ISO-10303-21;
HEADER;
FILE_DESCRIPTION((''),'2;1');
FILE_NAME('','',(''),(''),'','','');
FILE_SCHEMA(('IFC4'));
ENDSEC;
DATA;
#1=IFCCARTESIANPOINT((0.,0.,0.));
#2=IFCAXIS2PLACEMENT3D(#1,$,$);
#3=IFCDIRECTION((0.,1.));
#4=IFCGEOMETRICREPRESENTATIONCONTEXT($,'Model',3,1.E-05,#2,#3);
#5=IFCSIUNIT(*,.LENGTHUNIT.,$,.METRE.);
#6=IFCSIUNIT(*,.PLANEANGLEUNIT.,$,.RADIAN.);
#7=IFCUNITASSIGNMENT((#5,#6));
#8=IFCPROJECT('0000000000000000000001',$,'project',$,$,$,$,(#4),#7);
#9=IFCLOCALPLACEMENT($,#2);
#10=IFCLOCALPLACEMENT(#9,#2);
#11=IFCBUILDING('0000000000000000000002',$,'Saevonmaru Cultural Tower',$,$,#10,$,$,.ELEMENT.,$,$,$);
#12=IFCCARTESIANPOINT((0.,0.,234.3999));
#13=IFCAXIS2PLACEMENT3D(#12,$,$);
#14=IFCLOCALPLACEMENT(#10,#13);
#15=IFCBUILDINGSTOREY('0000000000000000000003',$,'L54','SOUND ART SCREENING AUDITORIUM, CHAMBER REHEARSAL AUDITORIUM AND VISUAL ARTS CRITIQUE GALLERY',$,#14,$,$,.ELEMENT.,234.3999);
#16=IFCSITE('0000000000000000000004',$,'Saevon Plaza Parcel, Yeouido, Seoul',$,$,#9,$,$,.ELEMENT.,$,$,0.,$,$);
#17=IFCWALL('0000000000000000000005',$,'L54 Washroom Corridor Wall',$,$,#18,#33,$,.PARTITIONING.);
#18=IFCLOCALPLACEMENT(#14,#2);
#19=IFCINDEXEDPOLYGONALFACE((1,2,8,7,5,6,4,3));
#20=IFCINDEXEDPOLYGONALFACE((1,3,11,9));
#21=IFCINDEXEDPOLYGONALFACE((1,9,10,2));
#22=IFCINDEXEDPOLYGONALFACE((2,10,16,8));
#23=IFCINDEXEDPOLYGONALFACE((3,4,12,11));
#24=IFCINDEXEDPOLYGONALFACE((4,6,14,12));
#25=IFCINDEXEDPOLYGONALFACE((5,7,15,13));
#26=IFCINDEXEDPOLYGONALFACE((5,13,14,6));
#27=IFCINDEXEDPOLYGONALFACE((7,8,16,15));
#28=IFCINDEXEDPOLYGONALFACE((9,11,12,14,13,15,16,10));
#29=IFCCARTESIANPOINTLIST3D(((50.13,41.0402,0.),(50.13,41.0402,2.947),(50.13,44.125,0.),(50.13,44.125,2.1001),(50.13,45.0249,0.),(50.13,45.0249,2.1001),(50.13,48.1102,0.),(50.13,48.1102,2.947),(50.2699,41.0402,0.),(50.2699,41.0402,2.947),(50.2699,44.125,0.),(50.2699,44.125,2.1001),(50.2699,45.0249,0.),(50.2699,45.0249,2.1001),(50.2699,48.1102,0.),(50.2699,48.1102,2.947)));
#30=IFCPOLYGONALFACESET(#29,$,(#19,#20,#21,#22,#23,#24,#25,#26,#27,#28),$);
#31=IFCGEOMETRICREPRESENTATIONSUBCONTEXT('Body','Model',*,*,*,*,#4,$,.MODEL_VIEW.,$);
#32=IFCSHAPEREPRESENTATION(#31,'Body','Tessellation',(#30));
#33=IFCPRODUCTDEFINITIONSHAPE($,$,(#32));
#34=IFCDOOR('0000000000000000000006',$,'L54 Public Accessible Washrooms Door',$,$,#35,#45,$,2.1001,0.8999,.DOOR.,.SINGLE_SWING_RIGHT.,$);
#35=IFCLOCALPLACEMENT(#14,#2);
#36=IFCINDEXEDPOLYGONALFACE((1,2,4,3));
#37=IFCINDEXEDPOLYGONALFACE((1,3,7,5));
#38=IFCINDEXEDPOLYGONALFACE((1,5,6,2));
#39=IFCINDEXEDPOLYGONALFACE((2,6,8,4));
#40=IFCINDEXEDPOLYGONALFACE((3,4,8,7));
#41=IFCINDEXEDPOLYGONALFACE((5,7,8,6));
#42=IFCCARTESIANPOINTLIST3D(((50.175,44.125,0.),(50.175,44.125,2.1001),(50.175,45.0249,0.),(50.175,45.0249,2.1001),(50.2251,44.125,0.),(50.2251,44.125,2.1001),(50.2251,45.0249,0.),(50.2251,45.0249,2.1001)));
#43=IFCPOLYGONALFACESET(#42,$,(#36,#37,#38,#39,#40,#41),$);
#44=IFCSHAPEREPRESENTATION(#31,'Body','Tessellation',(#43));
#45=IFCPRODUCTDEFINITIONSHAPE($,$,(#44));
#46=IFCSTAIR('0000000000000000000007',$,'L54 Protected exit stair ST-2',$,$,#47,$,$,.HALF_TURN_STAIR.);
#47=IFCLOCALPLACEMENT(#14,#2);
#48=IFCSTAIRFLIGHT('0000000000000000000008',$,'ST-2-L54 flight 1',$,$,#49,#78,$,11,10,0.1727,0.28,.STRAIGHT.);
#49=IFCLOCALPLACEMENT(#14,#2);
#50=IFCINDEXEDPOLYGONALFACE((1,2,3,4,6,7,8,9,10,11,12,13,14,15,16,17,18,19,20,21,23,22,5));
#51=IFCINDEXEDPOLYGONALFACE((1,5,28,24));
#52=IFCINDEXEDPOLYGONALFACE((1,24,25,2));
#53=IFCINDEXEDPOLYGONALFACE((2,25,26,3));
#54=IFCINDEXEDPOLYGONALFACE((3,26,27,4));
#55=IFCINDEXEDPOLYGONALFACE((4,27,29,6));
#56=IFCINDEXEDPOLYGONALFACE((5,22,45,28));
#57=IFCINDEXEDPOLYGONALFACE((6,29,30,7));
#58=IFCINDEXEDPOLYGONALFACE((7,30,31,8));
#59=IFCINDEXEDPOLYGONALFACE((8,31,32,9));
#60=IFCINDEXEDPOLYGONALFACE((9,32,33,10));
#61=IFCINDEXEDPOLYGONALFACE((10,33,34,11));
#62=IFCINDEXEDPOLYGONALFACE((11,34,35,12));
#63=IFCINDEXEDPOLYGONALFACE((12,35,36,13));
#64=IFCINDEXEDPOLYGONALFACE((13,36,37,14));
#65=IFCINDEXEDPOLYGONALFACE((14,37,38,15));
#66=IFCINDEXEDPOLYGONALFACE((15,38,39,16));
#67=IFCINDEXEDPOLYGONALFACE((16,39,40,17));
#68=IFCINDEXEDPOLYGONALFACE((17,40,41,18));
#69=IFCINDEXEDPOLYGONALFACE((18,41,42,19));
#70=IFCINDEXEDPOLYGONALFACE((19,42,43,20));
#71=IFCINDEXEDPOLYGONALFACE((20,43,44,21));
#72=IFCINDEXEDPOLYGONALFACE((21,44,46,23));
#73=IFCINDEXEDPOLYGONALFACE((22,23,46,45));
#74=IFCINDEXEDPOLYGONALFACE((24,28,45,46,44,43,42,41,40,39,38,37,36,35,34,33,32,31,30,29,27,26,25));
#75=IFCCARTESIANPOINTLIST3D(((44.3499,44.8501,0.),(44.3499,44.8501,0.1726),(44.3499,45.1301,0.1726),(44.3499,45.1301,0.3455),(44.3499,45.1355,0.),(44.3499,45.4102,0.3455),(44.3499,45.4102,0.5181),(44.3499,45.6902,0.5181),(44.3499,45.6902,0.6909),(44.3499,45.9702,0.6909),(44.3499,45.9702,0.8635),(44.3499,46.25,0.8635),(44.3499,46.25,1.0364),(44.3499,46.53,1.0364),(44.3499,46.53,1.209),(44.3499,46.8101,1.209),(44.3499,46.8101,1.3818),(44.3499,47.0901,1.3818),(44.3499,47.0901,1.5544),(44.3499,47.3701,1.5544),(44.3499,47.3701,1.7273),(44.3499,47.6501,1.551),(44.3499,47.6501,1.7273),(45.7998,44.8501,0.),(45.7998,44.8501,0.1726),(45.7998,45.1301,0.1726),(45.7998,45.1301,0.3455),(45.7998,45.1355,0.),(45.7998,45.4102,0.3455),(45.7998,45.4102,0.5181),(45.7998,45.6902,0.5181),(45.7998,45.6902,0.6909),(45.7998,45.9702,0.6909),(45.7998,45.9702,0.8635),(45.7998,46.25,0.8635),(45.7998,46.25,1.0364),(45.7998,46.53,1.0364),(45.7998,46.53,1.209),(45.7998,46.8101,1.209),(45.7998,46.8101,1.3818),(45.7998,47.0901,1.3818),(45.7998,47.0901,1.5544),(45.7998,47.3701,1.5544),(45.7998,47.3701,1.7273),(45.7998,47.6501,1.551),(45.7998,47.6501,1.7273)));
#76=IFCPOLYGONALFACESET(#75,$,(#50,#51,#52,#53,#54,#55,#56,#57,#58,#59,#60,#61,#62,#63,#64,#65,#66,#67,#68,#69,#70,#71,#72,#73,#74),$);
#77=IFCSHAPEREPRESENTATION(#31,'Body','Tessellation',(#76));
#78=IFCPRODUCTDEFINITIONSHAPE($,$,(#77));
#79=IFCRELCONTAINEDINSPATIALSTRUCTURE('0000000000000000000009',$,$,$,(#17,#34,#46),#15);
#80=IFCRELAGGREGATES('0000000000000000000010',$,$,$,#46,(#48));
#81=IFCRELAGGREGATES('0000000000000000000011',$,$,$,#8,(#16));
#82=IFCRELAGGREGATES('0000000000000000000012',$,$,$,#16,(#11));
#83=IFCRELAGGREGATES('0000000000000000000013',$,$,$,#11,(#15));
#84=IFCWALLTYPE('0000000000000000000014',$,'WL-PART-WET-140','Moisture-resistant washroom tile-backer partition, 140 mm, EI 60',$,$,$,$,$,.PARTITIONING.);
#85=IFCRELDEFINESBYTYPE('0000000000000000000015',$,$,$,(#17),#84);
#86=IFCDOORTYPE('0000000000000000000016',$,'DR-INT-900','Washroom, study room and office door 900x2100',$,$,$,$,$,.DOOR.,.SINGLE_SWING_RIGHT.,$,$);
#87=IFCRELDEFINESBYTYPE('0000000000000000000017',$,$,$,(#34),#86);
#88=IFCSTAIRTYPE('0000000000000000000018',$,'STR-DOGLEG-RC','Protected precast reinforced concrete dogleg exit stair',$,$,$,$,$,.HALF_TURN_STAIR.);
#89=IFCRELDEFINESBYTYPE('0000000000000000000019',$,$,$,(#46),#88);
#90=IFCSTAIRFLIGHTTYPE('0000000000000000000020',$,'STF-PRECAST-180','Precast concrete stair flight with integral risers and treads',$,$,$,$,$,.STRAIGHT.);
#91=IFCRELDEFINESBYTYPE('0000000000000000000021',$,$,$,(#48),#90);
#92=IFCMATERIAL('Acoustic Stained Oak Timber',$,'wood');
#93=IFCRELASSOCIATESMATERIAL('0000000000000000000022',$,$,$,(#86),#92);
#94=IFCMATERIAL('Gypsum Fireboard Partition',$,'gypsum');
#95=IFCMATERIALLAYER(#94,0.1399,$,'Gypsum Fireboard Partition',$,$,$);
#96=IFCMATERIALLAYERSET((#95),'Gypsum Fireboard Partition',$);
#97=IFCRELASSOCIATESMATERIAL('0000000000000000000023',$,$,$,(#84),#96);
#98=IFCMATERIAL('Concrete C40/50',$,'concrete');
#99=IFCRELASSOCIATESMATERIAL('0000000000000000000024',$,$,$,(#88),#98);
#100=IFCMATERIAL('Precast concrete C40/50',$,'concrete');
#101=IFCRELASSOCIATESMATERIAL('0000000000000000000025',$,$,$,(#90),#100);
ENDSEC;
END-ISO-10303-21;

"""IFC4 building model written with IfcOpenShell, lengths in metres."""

from ifc_helpers import new_model, si_unit, direction, frame, frame_2d, origin, place, context, subcontext, project, spatial, polyline, rectangle, outline, extrude, material, layer, layer_set, type_object, element, fill, aggregate, save


model = new_model("IFC4")

# Units and contexts
model_context = context("Model", 3, precision=1e-05, world=origin(), true_north=direction((0.0, 1.0)))
body_context = subcontext(model_context, "Body", "Model", "MODEL_VIEW")
ifc_project = project(units=[si_unit("LENGTHUNIT", "METRE"), si_unit("PLANEANGLEUNIT", "RADIAN")], contexts=[model_context])

# Site, building, storey
site_placement = place(None, origin())
site = spatial("IfcSite", under=ifc_project, at=site_placement, Name="Saevon Plaza Parcel, Yeouido, Seoul", CompositionType="ELEMENT", RefElevation=0.0)
building_placement = place(site_placement, origin())
building = spatial("IfcBuilding", under=site, at=building_placement, Name="Saevonmaru Cultural Tower", CompositionType="ELEMENT")
storey_placement = place(building_placement, frame((0.0, 0.0, 234.3999)))
storey = spatial("IfcBuildingStorey", under=building, at=storey_placement, Name="L54", Description="SOUND ART SCREENING AUDITORIUM, CHAMBER REHEARSAL AUDITORIUM AND VISUAL ARTS CRITIQUE GALLERY", CompositionType="ELEMENT", Elevation=234.3999)

# Shared definitions
ifc_material_1 = material(Name="Gypsum Fireboard Partition", Category="gypsum")
ifc_material_2 = material(Name="Acoustic Stained Oak Timber", Category="wood")

# Shared definitions
door_type_1 = type_object("IfcDoorType", Name="DR-INT-900", Description="Washroom, study room and office door 900x2100", OperationType="SINGLE_SWING_RIGHT", PredefinedType="DOOR", material=ifc_material_2)

# Shared definitions
ifc_layer_1 = layer(ifc_material_1, 0.1399, Name="Gypsum Fireboard Partition")
ifc_layer_set_1 = layer_set([ifc_layer_1], Name="Gypsum Fireboard Partition")
wall_type_1 = type_object("IfcWallType", Name="WL-PART-WET-140", Description="Moisture-resistant washroom tile-backer partition, 140 mm, EI 60", PredefinedType="PARTITIONING", material=ifc_layer_set_1)

# Wall, opening, door
wall_1_placement = place(storey_placement, frame((50.2, 41.04, 0.0), z_axis=(0.0, 0.0, 1.0), x_axis=(0.0, 1.0, 0.0)))
wall_1 = element("IfcWall", 1, at=wall_1_placement, inside=storey, type_object=wall_type_1, Name="L54 Washroom Corridor Wall", PredefinedType="PARTITIONING", context=body_context, shape_type="SweptSolid", body=[
    extrude(rectangle(XDim=7.0701, YDim=0.1399, at=frame_2d((3.5352, 0.0))), origin(), (0.0, 0.0, 1.0), 2.947),
])
opening_1_placement = place(wall_1_placement, frame((3.085, 0.0, 0.0)))
opening_1 = element("IfcOpeningElement", 2, at=opening_1_placement, cuts=wall_1, PredefinedType="OPENING", context=body_context, shape_type="SweptSolid", body=[
    extrude(rectangle(XDim=0.8999, YDim=2.1001, at=frame_2d((0.45, 1.05))), frame((0.0, 0.0801, 0.0), z_axis=(0.0, -1.0, 0.0), x_axis=(1.0, 0.0, 0.0)), (0.0, 0.0, 1.0), 0.1599),
])
door_1_placement = place(opening_1_placement, origin())
door_1 = element("IfcDoor", 3, at=door_1_placement, inside=storey, type_object=door_type_1, Name="L54 Public Accessible Washrooms Door", OperationType="SINGLE_SWING_RIGHT", OverallHeight=2.1001, OverallWidth=0.8999, PredefinedType="DOOR", context=body_context, shape_type="SweptSolid", body=[
    extrude(rectangle(XDim=0.8999, YDim=2.1001, at=frame_2d((0.45, 1.05))), frame((0.0, 0.0249, 0.0), z_axis=(0.0, -1.0, 0.0), x_axis=(1.0, 0.0, 0.0)), (0.0, 0.0, 1.0), 0.05),
])
fill(opening_1, door_1)

# Stair, stair flight
ifc_material_3 = material(Name="Concrete C40/50", Category="concrete")
stair_type = type_object("IfcStairType", Name="STR-DOGLEG-RC", Description="Protected precast reinforced concrete dogleg exit stair", PredefinedType="HALF_TURN_STAIR", material=ifc_material_3)
stair_placement = place(storey_placement, origin())
stair = element("IfcStair", 4, at=stair_placement, inside=storey, type_object=stair_type, Name="L54 Protected exit stair ST-2", PredefinedType="HALF_TURN_STAIR")
ifc_material_4 = material(Name="Precast concrete C40/50", Category="concrete")
stair_flight_type = type_object("IfcStairFlightType", Name="STF-PRECAST-180", Description="Precast concrete stair flight with integral risers and treads", PredefinedType="STRAIGHT", material=ifc_material_4)
stair_flight_placement = place(storey_placement, frame((45.075, 44.8501, 0.0), z_axis=(0.0, 0.0, 1.0), x_axis=(0.0, 1.0, 0.0)))
stair_flight = element("IfcStairFlight", 5, at=stair_flight_placement, type_object=stair_flight_type, Name="ST-2-L54 flight 1", NumberOfRisers=11, NumberOfTreads=10, PredefinedType="STRAIGHT", RiserHeight=0.1727, TreadLength=0.28, context=body_context, shape_type="SweptSolid", body=[
    extrude(outline(polyline([(0.0, 0.0), (0.0, 0.1726), (0.28, 0.1726), (0.28, 0.3455), (0.5601, 0.3455), (0.5601, 0.5181), (0.8401, 0.5181), (0.8401, 0.6909), (1.1201, 0.6909), (1.1201, 0.8635), (1.3999, 0.8635), (1.3999, 1.0364), (1.6799, 1.0364), (1.6799, 1.209), (1.96, 1.209), (1.96, 1.3818), (2.24, 1.3818), (2.24, 1.5544), (2.52, 1.5544), (2.52, 1.7273), (2.8, 1.7273), (2.8, 1.8999), (2.8, 1.551), (0.2854, 0.0), (0.0, 0.0)])), frame((0.0, 0.7251, 0.0), z_axis=(0.0, -1.0, 0.0), x_axis=(1.0, 0.0, 0.0)), (0.0, 0.0, 1.0), 1.45),
])
aggregate(stair, [stair_flight])

save(model, "model.ifc")
